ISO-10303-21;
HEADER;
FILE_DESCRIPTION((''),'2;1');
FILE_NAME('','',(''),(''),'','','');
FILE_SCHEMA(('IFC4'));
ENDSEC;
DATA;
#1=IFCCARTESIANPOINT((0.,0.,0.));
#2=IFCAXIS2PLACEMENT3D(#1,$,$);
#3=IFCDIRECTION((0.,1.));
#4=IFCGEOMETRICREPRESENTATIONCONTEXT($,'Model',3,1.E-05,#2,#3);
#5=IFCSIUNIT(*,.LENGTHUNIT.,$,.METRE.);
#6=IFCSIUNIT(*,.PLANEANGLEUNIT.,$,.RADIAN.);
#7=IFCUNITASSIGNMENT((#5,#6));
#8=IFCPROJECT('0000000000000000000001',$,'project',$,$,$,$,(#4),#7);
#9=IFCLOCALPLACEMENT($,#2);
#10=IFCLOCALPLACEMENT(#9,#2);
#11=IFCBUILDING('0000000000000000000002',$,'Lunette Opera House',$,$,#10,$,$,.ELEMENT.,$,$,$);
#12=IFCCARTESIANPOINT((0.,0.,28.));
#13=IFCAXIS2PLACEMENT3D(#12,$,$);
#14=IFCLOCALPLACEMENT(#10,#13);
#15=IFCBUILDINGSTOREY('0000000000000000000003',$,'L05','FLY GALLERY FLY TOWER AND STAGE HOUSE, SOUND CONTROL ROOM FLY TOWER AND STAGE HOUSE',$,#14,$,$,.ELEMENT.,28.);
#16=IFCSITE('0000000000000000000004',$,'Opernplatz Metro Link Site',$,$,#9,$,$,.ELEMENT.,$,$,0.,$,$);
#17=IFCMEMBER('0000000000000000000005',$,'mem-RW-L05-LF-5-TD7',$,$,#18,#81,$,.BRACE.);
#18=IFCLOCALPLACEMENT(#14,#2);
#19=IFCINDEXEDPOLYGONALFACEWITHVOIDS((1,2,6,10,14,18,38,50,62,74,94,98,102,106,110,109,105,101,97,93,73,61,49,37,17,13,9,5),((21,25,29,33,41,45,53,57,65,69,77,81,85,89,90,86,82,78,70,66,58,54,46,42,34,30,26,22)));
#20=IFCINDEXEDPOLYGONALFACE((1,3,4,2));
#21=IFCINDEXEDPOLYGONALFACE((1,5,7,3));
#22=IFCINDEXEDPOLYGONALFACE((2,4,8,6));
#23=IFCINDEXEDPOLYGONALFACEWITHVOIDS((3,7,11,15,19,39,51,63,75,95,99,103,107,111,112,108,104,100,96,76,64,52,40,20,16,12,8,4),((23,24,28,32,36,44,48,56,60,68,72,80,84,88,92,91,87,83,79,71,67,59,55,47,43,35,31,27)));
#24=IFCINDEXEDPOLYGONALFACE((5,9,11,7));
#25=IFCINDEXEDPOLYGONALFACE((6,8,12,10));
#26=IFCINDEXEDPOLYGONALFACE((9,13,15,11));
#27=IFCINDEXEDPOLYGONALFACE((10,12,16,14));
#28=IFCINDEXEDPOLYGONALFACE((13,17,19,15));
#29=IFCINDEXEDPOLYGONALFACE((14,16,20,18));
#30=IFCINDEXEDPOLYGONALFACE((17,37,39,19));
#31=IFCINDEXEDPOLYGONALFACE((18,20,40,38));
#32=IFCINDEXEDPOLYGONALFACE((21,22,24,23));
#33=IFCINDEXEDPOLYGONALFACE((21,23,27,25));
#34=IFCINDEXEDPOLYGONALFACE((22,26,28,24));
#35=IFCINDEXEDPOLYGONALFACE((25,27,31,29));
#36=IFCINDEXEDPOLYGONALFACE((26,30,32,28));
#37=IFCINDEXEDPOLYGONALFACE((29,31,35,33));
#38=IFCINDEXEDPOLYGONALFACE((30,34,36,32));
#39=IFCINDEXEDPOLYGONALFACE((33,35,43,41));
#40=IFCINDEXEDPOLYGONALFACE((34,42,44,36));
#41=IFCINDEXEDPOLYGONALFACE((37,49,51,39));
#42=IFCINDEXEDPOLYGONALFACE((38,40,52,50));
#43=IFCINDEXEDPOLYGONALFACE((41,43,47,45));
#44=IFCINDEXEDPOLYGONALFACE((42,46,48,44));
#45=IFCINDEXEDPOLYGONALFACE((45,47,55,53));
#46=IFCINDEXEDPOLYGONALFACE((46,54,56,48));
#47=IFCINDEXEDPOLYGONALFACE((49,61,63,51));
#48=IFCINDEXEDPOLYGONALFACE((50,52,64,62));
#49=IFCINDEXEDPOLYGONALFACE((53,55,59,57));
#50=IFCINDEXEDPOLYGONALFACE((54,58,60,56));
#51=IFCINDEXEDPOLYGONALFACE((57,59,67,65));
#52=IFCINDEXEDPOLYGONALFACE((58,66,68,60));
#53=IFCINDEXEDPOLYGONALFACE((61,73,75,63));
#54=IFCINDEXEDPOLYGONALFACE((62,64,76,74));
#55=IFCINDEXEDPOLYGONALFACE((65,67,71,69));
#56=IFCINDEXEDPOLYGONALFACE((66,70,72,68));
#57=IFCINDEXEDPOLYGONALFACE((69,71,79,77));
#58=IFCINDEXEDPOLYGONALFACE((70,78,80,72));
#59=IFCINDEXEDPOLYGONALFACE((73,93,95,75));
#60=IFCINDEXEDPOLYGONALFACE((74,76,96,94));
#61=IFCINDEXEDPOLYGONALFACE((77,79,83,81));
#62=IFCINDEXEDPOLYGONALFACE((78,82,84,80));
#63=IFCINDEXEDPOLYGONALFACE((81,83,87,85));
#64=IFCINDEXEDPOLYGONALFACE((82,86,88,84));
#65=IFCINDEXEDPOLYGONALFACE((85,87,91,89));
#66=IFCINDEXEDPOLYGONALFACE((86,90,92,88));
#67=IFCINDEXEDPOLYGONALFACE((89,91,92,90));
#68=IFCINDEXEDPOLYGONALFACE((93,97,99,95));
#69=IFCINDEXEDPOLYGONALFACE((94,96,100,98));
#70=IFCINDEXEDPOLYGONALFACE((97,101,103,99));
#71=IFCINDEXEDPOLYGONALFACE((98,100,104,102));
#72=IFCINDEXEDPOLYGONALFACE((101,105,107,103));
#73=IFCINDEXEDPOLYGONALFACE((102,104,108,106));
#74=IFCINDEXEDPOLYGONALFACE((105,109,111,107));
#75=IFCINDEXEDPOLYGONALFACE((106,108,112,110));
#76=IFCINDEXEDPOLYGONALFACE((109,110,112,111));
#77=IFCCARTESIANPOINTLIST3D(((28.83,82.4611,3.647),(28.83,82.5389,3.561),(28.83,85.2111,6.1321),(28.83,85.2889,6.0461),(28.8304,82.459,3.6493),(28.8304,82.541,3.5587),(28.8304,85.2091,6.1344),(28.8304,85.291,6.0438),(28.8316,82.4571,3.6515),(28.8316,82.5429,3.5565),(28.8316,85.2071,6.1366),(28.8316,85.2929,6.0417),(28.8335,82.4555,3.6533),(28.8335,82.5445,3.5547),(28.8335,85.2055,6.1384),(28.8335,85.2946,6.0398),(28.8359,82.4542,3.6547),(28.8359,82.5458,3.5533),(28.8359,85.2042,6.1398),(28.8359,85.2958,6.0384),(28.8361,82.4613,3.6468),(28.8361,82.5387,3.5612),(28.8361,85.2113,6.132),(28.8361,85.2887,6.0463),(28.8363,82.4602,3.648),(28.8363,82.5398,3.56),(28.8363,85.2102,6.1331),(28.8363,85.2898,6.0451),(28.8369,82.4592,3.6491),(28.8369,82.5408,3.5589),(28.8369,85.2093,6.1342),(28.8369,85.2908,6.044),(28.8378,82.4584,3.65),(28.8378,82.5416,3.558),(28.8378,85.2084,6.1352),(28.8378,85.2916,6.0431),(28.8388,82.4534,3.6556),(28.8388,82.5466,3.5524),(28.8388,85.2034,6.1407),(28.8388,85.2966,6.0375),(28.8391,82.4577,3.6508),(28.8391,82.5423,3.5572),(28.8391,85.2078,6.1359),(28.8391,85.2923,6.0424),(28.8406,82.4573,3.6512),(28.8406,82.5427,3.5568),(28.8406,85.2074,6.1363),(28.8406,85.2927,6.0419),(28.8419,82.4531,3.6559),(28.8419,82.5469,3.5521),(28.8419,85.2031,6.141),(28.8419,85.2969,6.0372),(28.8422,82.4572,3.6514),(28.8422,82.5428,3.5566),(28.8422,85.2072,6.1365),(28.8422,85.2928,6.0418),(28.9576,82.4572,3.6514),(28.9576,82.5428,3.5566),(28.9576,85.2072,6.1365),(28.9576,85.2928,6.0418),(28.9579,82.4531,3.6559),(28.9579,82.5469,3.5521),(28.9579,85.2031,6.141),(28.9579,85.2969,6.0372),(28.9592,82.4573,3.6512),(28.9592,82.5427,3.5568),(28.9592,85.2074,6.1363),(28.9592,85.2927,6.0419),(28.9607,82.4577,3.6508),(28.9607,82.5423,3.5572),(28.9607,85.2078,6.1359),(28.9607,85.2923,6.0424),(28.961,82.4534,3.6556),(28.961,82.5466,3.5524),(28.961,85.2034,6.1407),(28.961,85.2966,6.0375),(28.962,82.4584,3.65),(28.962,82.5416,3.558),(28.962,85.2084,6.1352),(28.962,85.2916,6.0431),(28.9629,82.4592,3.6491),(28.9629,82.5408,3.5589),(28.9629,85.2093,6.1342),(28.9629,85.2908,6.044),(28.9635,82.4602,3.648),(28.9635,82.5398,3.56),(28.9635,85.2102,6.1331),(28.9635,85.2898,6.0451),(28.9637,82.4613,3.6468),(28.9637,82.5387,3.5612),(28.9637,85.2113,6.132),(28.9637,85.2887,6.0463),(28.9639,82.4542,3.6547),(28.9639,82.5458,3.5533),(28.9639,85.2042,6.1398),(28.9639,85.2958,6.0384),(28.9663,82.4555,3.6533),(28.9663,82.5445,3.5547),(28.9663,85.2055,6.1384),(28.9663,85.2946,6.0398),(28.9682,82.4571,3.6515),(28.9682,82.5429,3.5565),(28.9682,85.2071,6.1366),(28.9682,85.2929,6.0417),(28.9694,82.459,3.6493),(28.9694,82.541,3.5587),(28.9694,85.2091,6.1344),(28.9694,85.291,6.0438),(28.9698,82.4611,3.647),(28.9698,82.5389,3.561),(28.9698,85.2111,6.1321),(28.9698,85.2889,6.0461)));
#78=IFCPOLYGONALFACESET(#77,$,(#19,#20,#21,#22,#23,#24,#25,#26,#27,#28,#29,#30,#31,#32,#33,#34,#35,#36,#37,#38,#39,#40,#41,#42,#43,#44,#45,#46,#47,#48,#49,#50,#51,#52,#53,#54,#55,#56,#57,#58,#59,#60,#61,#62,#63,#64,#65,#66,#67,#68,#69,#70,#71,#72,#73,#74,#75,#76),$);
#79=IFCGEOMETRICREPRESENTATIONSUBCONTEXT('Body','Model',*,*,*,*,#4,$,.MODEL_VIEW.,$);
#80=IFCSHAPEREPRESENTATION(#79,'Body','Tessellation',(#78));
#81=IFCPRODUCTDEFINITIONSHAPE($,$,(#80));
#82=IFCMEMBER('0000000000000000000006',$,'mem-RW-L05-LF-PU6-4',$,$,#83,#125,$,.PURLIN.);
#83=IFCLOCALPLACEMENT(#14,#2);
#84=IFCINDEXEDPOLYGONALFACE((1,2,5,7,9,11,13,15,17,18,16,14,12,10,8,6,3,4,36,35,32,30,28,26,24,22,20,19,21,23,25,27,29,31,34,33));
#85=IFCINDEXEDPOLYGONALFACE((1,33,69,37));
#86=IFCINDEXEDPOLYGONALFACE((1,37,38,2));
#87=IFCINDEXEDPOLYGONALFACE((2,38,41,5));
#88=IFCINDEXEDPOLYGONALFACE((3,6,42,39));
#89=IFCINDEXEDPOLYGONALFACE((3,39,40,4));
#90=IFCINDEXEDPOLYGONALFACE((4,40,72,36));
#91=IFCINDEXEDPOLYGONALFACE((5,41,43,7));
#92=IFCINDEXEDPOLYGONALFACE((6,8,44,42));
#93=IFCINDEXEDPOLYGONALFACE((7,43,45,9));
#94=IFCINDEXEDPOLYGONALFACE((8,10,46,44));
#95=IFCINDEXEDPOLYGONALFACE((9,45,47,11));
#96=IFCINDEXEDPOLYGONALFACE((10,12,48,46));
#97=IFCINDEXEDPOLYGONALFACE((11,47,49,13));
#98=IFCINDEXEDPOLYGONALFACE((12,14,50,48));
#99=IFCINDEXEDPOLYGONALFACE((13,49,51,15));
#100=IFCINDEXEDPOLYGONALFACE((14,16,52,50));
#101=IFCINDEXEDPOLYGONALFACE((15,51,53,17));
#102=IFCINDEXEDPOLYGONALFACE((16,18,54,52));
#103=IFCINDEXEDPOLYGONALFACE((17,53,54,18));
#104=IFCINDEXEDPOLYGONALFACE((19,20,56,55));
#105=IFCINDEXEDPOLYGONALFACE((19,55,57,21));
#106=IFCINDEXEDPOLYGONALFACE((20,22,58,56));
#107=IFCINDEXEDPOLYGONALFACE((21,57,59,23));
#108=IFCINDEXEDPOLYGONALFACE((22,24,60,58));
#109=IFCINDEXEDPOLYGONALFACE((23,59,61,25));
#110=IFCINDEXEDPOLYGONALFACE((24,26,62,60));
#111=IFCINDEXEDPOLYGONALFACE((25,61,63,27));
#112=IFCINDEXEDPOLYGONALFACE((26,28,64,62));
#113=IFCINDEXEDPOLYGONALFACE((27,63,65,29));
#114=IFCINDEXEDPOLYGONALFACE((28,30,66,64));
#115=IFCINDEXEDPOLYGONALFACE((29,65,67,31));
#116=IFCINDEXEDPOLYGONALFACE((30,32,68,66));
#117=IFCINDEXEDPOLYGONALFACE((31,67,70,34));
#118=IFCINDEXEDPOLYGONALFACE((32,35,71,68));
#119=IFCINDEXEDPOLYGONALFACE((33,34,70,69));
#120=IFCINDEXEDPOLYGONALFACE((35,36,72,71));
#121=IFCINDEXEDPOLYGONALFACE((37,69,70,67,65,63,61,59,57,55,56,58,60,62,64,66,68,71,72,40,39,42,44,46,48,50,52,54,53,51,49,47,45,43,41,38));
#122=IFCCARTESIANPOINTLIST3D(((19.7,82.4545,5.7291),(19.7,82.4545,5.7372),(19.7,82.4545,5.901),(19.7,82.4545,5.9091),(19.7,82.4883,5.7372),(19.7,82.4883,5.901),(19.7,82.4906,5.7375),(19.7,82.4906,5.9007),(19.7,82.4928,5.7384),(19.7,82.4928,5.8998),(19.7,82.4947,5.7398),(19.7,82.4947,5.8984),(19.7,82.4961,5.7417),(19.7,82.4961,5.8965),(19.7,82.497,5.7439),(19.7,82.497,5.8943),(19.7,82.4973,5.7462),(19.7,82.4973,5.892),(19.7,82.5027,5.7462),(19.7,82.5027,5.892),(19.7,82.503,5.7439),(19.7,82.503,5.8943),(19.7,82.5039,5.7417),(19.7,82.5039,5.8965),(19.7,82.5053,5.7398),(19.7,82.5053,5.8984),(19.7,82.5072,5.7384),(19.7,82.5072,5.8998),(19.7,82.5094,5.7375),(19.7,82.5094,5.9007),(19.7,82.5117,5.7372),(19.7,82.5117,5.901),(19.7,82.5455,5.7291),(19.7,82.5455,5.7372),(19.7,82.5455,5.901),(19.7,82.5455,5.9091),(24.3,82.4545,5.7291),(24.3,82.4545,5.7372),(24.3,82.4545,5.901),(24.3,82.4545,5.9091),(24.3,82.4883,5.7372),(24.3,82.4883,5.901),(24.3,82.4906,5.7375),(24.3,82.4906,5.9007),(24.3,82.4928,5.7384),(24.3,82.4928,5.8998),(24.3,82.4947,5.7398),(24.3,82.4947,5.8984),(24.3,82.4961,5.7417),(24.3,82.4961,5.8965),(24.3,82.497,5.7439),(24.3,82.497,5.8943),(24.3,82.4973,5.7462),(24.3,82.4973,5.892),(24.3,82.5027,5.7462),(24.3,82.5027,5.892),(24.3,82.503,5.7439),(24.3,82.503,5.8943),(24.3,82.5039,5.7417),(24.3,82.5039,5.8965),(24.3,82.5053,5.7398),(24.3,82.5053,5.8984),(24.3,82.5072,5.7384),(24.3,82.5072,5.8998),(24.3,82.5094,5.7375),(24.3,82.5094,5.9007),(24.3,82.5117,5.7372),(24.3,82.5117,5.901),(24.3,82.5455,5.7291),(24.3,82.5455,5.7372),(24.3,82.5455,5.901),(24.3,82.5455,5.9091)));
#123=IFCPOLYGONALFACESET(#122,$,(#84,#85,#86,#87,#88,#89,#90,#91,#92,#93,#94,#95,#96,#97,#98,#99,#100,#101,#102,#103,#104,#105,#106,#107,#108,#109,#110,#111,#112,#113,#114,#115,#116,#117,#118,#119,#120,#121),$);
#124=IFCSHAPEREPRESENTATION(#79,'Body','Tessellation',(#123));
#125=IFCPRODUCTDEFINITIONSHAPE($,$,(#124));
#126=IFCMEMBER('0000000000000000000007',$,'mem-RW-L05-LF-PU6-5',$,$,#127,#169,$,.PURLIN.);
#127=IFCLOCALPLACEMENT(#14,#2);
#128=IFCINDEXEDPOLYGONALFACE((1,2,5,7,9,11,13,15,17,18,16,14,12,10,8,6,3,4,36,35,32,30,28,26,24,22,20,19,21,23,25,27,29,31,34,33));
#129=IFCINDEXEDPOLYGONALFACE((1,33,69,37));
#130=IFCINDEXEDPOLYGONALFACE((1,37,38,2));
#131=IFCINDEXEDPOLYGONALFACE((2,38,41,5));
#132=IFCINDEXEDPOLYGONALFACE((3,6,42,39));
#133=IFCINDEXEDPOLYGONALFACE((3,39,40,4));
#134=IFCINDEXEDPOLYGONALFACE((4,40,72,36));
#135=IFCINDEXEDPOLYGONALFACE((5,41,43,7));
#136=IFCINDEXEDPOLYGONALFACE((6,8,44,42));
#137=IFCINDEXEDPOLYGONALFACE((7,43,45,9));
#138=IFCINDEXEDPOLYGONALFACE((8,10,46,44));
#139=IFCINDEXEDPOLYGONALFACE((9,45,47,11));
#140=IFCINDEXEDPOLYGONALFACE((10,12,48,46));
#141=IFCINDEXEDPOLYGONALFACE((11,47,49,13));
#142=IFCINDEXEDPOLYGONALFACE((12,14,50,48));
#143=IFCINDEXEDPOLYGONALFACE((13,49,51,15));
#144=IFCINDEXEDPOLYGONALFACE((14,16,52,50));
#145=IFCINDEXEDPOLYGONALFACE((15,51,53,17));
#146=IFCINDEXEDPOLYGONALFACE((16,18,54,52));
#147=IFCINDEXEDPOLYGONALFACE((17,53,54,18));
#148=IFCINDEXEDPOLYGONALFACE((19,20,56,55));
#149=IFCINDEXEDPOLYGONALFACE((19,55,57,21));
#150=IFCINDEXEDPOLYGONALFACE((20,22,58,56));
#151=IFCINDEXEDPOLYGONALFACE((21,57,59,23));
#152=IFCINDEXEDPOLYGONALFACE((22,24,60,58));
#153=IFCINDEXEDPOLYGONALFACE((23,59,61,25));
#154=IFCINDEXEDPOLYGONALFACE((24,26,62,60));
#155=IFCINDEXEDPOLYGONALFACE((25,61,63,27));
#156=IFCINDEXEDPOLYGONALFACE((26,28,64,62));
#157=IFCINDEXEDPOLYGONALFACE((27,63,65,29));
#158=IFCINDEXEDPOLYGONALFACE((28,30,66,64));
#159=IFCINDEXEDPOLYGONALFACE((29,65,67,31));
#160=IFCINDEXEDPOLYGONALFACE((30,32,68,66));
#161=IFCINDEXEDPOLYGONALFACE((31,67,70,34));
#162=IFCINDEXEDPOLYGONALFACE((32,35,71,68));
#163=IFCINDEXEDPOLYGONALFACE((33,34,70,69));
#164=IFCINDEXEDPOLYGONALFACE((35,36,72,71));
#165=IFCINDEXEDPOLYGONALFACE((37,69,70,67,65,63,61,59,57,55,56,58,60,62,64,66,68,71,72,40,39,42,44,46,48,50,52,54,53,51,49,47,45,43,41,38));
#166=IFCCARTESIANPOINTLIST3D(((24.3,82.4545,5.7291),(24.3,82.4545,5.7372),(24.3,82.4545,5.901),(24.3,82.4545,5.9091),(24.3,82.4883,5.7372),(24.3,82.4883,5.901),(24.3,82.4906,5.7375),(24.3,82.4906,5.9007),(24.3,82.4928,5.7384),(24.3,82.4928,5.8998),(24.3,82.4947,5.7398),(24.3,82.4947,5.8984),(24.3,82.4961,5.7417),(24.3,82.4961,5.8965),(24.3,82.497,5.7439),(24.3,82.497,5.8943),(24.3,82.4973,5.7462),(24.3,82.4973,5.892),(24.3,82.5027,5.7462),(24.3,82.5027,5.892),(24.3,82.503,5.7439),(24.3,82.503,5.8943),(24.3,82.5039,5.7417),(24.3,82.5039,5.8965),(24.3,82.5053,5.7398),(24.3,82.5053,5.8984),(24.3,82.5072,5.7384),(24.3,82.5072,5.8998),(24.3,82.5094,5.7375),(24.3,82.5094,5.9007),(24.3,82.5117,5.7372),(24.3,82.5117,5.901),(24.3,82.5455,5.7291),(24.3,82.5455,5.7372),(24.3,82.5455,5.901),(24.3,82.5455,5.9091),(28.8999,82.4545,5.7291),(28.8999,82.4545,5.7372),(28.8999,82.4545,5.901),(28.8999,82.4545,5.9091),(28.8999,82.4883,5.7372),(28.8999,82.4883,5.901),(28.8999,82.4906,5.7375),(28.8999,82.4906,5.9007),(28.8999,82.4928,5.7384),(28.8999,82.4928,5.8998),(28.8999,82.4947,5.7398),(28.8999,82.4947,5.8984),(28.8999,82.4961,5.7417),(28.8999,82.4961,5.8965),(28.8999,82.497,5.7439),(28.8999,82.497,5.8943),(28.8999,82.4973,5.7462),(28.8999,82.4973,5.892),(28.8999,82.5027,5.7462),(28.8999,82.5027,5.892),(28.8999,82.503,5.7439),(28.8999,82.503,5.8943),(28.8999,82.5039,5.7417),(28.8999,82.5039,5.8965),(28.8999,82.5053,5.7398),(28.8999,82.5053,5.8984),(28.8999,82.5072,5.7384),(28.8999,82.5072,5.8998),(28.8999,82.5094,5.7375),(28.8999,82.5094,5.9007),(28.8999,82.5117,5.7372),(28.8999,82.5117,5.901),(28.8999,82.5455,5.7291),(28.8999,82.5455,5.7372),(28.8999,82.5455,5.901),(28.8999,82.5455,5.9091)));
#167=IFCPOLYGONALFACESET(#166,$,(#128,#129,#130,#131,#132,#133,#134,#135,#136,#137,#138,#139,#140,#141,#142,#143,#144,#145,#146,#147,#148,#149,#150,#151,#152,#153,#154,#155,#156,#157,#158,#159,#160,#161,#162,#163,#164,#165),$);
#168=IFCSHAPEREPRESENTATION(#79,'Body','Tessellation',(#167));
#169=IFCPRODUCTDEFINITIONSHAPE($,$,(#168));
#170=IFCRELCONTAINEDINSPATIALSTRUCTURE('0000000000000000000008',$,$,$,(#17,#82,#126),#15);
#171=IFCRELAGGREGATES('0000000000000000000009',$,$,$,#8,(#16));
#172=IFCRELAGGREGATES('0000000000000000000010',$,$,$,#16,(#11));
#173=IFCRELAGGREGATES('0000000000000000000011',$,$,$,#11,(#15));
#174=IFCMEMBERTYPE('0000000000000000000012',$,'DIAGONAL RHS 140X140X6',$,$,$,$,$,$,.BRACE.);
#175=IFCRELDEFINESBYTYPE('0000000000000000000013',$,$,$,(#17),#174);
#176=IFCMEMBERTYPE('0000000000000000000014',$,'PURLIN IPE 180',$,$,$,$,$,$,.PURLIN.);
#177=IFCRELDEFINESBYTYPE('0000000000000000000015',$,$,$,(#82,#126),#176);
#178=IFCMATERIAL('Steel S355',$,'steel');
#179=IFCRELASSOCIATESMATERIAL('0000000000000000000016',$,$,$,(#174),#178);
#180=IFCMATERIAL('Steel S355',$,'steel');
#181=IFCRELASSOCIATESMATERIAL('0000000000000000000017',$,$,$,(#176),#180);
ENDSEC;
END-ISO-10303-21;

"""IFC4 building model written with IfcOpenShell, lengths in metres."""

from ifc_helpers import new_model, si_unit, direction, frame, origin, origin_2d, place, context, subcontext, project, spatial, hollow_rectangle, i_section, extrude, material, material_profile, profile_set, type_object, element, save


model = new_model("IFC4")

# Units and contexts
model_context = context("Model", 3, precision=1e-05, world=origin(), true_north=direction((0.0, 1.0)))
body_context = subcontext(model_context, "Body", "Model", "MODEL_VIEW")
ifc_project = project(units=[si_unit("LENGTHUNIT", "METRE"), si_unit("PLANEANGLEUNIT", "RADIAN")], contexts=[model_context])

# Site, building, storey
site_placement = place(None, origin())
site = spatial("IfcSite", under=ifc_project, at=site_placement, Name="Opernplatz Metro Link Site", CompositionType="ELEMENT", RefElevation=0.0)
building_placement = place(site_placement, origin())
building = spatial("IfcBuilding", under=site, at=building_placement, Name="Lunette Opera House", CompositionType="ELEMENT")
storey_placement = place(building_placement, frame((0.0, 0.0, 28.0)))
storey = spatial("IfcBuildingStorey", under=building, at=storey_placement, Name="L05", Description="FLY GALLERY FLY TOWER AND STAGE HOUSE, SOUND CONTROL ROOM FLY TOWER AND STAGE HOUSE", CompositionType="ELEMENT", Elevation=28.0)

# Members
ifc_material_1 = material(Name="Steel S355", Category="steel")
ifc_material_profile_1 = material_profile(ifc_material_1, hollow_rectangle(XDim=0.1399, YDim=0.1399, WallThickness=0.0061, InnerFilletRadius=0.0061, OuterFilletRadius=0.012, at=origin_2d()), Name="RHS 140X140X6")
ifc_profile_set_1 = profile_set([ifc_material_profile_1], Name="Steel S355")
member_type_1 = type_object("IfcMemberType", Name="DIAGONAL RHS 140X140X6", PredefinedType="BRACE", material=ifc_profile_set_1)
member_1_placement = place(storey_placement, frame((28.8999, 82.5, 3.604), z_axis=(0.0, 0.741937, 0.67047), x_axis=(-1.0, 0.0, 0.0)))
element("IfcMember", 1, at=member_1_placement, inside=storey, type_object=member_type_1, Name="mem-RW-L05-LF-5-TD7", PredefinedType="BRACE", context=body_context, shape_type="SweptSolid", body=[
    extrude(hollow_rectangle(XDim=0.1399, YDim=0.1399, WallThickness=0.0061, InnerFilletRadius=0.0061, OuterFilletRadius=0.012, at=origin_2d()), origin(), (0.0, 0.0, 1.0), 3.7065),
])
ifc_material_2 = material(Name="Steel S355", Category="steel")
ifc_material_profile_2 = material_profile(ifc_material_2, i_section(OverallWidth=0.0911, OverallDepth=0.1799, WebThickness=0.0054, FlangeThickness=0.0081, FilletRadius=0.009, at=origin_2d()), Name="IPE 180")
ifc_profile_set_2 = profile_set([ifc_material_profile_2], Name="Steel S355")
member_type_2 = type_object("IfcMemberType", Name="PURLIN IPE 180", PredefinedType="PURLIN", material=ifc_profile_set_2)
member_2_placement = place(storey_placement, frame((19.7, 82.5, 5.8191), z_axis=(1.0, 0.0, 0.0), x_axis=(0.0, 1.0, 0.0)))
element("IfcMember", 2, at=member_2_placement, inside=storey, type_object=member_type_2, Name="mem-RW-L05-LF-PU6-4", PredefinedType="PURLIN", context=body_context, shape_type="SweptSolid", body=[
    extrude(i_section(OverallWidth=0.0911, OverallDepth=0.1799, WebThickness=0.0054, FlangeThickness=0.0081, FilletRadius=0.009, at=origin_2d()), origin(), (0.0, 0.0, 1.0), 4.6001),
])
member_3_placement = place(storey_placement, frame((24.3, 82.5, 5.8191), z_axis=(1.0, 0.0, 0.0), x_axis=(0.0, 1.0, 0.0)))
element("IfcMember", 3, at=member_3_placement, inside=storey, type_object=member_type_2, Name="mem-RW-L05-LF-PU6-5", PredefinedType="PURLIN", context=body_context, shape_type="SweptSolid", body=[
    extrude(i_section(OverallWidth=0.0911, OverallDepth=0.1799, WebThickness=0.0054, FlangeThickness=0.0081, FilletRadius=0.009, at=origin_2d()), origin(), (0.0, 0.0, 1.0), 4.5999),
])

save(model, "model.ifc")
